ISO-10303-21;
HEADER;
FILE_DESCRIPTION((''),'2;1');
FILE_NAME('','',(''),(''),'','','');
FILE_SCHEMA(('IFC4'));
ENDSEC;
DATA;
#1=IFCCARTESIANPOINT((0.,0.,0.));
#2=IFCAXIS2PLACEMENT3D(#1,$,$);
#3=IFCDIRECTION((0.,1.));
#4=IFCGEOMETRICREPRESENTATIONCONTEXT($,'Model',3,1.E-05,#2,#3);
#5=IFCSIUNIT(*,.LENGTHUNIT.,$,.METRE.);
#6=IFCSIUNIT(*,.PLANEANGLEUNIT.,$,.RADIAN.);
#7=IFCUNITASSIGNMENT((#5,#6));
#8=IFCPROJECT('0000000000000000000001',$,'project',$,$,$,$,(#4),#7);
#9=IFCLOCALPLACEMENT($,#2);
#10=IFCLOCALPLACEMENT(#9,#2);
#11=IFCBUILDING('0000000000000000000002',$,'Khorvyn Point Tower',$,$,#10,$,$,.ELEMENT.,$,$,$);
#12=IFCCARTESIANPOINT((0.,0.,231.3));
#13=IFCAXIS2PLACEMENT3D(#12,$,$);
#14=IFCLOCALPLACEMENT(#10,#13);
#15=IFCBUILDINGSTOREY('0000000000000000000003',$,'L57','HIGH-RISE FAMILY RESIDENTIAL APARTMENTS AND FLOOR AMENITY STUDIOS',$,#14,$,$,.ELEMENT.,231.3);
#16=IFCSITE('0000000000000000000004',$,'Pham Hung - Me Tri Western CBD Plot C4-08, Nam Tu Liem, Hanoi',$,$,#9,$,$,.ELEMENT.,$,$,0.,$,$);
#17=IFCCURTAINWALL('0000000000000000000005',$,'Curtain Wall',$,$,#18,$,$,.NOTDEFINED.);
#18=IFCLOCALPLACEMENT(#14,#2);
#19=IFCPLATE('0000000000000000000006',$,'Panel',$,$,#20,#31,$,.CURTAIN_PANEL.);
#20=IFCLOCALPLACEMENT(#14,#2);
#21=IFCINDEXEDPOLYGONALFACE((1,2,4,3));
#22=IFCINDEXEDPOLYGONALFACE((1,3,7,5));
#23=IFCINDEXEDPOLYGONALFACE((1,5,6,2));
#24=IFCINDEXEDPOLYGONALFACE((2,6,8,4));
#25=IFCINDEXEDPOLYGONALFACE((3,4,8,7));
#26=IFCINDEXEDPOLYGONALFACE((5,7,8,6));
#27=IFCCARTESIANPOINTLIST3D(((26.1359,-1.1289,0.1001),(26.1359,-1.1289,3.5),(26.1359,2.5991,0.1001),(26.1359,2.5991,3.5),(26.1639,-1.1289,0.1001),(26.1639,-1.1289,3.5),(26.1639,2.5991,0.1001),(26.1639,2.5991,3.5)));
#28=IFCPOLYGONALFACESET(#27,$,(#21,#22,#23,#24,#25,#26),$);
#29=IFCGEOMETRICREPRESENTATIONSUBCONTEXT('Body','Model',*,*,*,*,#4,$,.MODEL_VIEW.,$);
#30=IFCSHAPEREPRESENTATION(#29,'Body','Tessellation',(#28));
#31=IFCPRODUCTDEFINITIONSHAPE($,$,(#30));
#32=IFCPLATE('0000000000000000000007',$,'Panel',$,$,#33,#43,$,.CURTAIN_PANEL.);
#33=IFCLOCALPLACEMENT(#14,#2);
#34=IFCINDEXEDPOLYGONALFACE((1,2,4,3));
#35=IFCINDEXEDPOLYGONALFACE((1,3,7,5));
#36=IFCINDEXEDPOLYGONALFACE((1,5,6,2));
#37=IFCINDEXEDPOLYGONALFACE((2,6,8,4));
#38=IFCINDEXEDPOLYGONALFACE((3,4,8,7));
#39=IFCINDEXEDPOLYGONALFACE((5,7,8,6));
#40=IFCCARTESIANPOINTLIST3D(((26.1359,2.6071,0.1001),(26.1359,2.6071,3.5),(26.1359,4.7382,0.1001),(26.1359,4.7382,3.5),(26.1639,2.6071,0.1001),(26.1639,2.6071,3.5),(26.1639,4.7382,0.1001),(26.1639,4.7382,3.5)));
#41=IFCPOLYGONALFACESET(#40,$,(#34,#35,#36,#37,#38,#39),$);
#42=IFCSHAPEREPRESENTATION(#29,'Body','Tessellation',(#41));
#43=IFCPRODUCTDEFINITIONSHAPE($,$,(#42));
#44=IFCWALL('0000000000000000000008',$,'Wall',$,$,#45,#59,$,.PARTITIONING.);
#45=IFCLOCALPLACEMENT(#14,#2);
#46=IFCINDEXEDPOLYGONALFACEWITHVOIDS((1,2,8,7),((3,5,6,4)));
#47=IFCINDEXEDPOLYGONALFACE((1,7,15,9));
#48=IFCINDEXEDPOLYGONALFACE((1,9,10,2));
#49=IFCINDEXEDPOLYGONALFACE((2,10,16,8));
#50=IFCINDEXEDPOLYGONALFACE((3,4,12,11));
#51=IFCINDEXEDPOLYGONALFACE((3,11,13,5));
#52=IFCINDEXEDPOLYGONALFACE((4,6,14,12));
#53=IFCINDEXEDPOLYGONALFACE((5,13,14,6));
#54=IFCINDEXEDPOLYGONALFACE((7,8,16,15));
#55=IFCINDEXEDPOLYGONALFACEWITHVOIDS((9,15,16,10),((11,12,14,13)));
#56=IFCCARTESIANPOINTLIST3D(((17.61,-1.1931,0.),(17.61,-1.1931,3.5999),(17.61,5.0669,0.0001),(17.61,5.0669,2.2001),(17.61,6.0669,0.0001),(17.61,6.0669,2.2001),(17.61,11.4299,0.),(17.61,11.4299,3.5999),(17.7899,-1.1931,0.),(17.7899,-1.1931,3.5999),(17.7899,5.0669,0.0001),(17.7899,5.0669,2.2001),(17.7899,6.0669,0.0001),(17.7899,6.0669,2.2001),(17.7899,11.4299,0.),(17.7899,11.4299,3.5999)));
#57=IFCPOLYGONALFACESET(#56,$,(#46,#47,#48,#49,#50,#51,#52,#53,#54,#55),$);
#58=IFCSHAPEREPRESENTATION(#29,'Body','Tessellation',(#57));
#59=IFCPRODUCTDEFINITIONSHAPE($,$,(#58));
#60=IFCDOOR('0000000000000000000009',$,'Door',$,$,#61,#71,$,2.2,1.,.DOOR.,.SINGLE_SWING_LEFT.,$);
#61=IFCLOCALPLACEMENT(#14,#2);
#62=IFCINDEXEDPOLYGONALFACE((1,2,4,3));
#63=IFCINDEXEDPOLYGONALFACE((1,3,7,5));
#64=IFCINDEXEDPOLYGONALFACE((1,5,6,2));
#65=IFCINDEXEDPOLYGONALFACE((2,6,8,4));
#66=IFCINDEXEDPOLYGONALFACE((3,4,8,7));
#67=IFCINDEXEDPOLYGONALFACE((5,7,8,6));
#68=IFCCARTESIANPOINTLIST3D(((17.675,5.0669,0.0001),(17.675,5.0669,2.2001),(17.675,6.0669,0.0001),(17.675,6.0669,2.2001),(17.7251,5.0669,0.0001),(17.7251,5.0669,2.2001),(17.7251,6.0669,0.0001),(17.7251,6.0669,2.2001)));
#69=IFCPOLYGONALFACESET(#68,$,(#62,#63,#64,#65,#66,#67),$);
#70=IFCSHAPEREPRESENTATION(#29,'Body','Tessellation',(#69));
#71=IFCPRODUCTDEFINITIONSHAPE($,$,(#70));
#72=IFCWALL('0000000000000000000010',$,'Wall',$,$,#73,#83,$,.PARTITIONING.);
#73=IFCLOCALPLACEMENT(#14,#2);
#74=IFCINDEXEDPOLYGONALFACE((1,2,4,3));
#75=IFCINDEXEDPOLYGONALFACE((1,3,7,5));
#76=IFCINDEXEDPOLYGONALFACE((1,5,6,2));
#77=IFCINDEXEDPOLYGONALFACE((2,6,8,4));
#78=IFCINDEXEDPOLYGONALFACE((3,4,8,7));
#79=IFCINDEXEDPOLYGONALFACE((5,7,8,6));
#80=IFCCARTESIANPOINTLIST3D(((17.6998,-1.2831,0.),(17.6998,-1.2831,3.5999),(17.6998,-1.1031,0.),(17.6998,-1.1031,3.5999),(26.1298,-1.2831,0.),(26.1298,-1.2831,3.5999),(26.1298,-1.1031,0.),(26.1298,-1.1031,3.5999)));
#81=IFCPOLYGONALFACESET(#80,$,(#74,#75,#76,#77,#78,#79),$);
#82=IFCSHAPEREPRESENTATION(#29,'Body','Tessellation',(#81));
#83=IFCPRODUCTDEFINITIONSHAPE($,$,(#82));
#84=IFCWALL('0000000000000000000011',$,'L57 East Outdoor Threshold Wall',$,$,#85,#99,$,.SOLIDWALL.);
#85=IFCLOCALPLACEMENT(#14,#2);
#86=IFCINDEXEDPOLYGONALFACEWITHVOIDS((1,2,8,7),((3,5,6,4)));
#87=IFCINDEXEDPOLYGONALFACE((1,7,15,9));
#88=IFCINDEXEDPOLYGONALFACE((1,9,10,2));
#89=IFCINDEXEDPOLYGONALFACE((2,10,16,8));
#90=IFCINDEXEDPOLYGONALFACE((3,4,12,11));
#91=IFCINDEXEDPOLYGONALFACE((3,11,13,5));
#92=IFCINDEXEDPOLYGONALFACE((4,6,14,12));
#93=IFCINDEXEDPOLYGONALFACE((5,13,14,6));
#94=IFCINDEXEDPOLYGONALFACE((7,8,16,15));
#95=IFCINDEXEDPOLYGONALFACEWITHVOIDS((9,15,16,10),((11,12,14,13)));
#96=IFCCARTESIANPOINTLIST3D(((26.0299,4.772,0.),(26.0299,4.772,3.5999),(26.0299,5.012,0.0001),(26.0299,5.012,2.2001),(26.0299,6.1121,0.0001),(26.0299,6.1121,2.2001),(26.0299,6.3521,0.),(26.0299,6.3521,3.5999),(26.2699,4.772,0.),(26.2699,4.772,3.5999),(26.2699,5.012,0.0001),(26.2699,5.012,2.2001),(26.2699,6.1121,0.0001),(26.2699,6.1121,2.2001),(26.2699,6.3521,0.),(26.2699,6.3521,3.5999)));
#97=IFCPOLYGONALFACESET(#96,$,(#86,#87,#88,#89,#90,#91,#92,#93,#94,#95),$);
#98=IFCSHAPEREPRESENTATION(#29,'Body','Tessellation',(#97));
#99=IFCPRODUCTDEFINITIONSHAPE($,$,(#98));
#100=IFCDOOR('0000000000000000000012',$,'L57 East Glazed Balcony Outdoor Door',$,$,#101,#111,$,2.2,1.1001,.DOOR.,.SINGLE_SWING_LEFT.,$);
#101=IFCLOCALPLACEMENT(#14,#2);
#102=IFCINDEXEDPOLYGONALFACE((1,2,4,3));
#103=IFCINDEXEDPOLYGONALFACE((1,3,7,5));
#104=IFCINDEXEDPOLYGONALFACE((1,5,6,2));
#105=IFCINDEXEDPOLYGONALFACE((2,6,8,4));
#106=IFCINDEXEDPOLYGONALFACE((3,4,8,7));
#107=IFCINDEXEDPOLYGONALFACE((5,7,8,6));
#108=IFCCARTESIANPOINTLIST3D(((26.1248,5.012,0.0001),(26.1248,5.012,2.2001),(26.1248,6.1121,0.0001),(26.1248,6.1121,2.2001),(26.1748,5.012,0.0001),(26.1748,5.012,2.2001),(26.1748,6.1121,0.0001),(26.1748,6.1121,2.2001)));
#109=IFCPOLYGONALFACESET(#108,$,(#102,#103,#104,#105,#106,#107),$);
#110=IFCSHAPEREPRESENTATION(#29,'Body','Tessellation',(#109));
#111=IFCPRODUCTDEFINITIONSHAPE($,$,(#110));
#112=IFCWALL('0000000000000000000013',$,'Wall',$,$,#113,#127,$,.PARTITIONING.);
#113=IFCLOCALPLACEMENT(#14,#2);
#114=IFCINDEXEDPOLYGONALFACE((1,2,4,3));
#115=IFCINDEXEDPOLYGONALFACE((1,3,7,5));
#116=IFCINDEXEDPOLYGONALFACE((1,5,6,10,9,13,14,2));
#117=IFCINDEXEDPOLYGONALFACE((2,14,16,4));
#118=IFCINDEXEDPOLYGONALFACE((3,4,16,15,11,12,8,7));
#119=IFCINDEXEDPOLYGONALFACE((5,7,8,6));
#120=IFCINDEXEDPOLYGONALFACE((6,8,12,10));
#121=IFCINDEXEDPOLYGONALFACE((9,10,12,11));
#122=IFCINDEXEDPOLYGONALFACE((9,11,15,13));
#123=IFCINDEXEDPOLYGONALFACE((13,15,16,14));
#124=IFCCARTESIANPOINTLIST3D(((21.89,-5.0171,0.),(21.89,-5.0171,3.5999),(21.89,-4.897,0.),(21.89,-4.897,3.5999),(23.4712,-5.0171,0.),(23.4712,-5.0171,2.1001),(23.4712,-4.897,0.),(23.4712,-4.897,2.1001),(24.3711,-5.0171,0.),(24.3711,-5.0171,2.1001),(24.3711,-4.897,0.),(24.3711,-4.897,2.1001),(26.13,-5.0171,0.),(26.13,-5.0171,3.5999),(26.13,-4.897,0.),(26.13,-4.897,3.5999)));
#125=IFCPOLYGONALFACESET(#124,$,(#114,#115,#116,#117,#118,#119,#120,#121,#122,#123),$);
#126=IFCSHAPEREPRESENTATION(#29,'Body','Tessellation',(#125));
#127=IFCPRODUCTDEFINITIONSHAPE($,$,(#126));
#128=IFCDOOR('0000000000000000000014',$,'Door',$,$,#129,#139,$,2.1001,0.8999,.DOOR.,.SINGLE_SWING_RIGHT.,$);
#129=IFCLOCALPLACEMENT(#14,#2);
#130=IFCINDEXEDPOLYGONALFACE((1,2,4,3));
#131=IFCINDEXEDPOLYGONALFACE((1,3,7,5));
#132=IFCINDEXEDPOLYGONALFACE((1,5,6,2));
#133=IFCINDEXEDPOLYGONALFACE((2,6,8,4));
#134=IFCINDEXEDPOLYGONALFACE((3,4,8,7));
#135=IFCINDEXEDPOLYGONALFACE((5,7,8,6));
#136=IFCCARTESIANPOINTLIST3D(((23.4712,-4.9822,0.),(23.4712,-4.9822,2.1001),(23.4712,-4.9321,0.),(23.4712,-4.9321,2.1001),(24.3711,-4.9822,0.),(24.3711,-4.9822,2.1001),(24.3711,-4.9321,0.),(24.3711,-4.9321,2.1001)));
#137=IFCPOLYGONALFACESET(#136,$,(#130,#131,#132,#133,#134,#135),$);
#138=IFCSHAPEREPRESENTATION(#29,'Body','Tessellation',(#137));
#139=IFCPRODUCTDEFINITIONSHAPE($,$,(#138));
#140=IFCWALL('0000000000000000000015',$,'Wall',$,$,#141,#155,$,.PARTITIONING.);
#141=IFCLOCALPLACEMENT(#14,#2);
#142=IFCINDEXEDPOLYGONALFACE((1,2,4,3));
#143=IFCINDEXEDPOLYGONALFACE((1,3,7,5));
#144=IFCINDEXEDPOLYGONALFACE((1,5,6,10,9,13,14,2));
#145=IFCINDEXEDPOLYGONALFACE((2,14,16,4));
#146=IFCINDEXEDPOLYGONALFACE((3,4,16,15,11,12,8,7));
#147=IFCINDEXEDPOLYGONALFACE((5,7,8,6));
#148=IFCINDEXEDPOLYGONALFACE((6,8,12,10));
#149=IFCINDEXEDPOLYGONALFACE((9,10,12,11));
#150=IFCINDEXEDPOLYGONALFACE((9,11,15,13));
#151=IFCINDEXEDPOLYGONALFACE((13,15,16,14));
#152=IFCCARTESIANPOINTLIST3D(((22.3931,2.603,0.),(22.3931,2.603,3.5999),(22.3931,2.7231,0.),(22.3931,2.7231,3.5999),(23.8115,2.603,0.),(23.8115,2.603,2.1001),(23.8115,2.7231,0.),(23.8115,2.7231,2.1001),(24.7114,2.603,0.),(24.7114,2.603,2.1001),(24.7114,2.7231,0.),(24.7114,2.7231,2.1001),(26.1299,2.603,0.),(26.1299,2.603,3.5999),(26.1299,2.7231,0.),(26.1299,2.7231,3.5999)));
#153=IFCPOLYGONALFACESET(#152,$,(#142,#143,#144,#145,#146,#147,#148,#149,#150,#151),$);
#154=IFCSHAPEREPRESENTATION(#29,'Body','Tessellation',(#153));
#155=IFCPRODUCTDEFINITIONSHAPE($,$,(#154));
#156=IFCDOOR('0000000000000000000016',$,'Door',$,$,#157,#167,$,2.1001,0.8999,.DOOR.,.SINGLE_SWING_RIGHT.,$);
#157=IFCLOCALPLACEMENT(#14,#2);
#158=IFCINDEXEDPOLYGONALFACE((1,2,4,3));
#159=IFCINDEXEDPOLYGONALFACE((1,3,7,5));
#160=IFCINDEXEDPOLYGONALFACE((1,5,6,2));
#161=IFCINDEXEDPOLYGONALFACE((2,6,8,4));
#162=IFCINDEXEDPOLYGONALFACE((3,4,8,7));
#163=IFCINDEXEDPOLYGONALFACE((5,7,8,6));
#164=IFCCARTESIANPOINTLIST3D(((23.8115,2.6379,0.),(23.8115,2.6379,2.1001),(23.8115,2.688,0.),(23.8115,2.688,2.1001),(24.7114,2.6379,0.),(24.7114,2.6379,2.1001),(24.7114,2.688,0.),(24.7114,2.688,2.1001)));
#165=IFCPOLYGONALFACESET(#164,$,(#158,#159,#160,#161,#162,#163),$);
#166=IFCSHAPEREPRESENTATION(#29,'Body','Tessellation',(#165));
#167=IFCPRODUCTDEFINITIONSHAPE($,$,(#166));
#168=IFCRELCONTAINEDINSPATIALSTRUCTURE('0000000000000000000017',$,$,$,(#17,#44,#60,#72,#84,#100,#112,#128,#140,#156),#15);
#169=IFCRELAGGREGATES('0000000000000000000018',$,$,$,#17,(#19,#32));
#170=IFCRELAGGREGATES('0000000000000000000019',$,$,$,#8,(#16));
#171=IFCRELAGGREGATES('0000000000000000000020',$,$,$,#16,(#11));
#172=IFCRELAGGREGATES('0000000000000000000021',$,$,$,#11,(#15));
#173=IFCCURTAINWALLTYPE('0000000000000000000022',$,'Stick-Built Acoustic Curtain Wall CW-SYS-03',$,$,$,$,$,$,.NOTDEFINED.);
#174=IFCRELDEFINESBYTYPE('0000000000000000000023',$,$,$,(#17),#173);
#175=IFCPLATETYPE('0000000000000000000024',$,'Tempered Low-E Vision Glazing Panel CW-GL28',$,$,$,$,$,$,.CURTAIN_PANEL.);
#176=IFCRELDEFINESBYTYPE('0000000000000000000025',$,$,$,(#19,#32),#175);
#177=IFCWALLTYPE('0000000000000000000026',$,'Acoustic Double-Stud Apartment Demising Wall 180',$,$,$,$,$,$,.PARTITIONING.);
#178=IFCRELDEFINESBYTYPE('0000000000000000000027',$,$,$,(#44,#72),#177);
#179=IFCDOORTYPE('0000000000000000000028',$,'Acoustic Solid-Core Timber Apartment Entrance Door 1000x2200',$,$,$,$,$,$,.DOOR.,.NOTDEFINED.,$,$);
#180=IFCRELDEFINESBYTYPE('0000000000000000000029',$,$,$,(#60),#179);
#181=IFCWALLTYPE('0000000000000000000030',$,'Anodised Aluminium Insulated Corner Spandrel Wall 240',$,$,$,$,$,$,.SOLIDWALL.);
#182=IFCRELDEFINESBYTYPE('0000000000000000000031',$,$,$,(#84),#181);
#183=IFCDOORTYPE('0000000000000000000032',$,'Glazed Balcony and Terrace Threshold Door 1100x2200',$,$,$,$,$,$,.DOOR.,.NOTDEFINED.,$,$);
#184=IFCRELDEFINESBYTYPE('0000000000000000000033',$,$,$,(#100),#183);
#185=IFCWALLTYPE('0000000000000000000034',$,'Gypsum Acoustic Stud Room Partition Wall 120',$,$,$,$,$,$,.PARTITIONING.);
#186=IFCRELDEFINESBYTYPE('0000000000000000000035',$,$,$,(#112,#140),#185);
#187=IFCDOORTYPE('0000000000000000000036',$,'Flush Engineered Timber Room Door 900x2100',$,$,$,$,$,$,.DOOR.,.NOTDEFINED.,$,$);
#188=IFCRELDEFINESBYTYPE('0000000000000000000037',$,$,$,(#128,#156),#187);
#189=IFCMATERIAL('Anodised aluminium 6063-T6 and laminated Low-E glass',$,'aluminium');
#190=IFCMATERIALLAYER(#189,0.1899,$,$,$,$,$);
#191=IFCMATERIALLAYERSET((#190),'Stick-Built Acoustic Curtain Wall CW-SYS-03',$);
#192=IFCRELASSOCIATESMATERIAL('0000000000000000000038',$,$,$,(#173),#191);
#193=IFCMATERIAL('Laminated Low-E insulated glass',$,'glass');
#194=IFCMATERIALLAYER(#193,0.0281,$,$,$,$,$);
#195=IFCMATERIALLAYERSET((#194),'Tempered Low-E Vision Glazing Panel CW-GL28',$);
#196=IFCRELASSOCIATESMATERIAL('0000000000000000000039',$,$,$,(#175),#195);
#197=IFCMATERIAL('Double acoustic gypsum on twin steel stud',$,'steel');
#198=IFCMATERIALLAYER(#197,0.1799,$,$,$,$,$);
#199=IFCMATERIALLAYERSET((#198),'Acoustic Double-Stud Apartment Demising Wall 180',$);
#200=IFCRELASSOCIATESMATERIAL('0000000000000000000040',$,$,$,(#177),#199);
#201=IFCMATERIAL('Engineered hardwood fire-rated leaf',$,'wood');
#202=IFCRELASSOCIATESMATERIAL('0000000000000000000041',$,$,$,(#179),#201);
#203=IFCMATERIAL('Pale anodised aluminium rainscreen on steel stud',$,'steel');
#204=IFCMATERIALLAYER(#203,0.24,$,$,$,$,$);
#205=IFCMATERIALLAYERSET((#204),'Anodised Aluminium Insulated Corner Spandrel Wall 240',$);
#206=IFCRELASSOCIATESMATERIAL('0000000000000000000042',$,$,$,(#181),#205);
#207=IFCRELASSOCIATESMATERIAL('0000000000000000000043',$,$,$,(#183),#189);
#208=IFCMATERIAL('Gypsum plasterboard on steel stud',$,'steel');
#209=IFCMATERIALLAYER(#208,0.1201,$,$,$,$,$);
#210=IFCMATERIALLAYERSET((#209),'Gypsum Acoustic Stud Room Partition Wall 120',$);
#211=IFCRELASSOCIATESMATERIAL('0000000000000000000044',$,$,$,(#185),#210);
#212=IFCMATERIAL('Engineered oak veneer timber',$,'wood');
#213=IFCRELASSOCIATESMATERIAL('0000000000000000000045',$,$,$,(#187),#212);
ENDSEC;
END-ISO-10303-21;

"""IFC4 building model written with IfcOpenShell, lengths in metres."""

from ifc_helpers import new_model, si_unit, direction, frame, frame_2d, origin, origin_2d, place, context, subcontext, project, spatial, rectangle, extrude, material, layer, layer_set, type_object, element, fill, aggregate, save


model = new_model("IFC4")

# Units and contexts
model_context = context("Model", 3, precision=1e-05, world=origin(), true_north=direction((0.0, 1.0)))
body_context = subcontext(model_context, "Body", "Model", "MODEL_VIEW")
ifc_project = project(units=[si_unit("LENGTHUNIT", "METRE"), si_unit("PLANEANGLEUNIT", "RADIAN")], contexts=[model_context])

# Site, building, storey
site_placement = place(None, origin())
site = spatial("IfcSite", under=ifc_project, at=site_placement, Name="Pham Hung - Me Tri Western CBD Plot C4-08, Nam Tu Liem, Hanoi", CompositionType="ELEMENT", RefElevation=0.0)
building_placement = place(site_placement, origin())
building = spatial("IfcBuilding", under=site, at=building_placement, Name="Khorvyn Point Tower", CompositionType="ELEMENT")
storey_placement = place(building_placement, frame((0.0, 0.0, 231.3)))
storey = spatial("IfcBuildingStorey", under=building, at=storey_placement, Name="L57", Description="HIGH-RISE FAMILY RESIDENTIAL APARTMENTS AND FLOOR AMENITY STUDIOS", CompositionType="ELEMENT", Elevation=231.3)

# Shared definitions
ifc_material_1 = material(Name="Anodised aluminium 6063-T6 and laminated Low-E glass", Category="aluminium")
ifc_layer_1 = layer(ifc_material_1, 0.1899)
ifc_layer_set_1 = layer_set([ifc_layer_1], Name="Stick-Built Acoustic Curtain Wall CW-SYS-03")
curtain_wall_type = type_object("IfcCurtainWallType", Name="Stick-Built Acoustic Curtain Wall CW-SYS-03", PredefinedType="NOTDEFINED", material=ifc_layer_set_1)

# Curtain wall
curtain_wall_1_placement = place(storey_placement, origin())
curtain_wall_1 = element("IfcCurtainWall", 1, at=curtain_wall_1_placement, inside=storey, type_object=curtain_wall_type, Name="Curtain Wall", PredefinedType="NOTDEFINED")

# Plates
ifc_material_2 = material(Name="Laminated Low-E insulated glass", Category="glass")
ifc_layer_2 = layer(ifc_material_2, 0.0281)
ifc_layer_set_2 = layer_set([ifc_layer_2], Name="Tempered Low-E Vision Glazing Panel CW-GL28")
plate_type = type_object("IfcPlateType", Name="Tempered Low-E Vision Glazing Panel CW-GL28", PredefinedType="CURTAIN_PANEL", material=ifc_layer_set_2)
plate_1_placement = place(storey_placement, frame((26.1499, 0.7351, 0.1001), z_axis=(0.0, 0.0, 1.0), x_axis=(0.0, -1.0, 0.0)))
plate_1 = element("IfcPlate", 2, at=plate_1_placement, type_object=plate_type, Name="Panel", PredefinedType="CURTAIN_PANEL", context=body_context, shape_type="SweptSolid", body=[
    extrude(rectangle(XDim=3.728, YDim=0.0281, at=origin_2d()), origin(), (0.0, 0.0, 1.0), 3.3999),
])
plate_2_placement = place(storey_placement, frame((26.1499, 3.6726, 0.1001), z_axis=(0.0, 0.0, 1.0), x_axis=(0.0, -1.0, 0.0)))
plate_2 = element("IfcPlate", 3, at=plate_2_placement, type_object=plate_type, Name="Panel", PredefinedType="CURTAIN_PANEL", context=body_context, shape_type="SweptSolid", body=[
    extrude(rectangle(XDim=2.1311, YDim=0.0281, at=origin_2d()), origin(), (0.0, 0.0, 1.0), 3.3999),
])
aggregate(curtain_wall_1, [plate_1, plate_2])

# Wall, opening, door
ifc_material_3 = material(Name="Double acoustic gypsum on twin steel stud", Category="steel")
ifc_layer_3 = layer(ifc_material_3, 0.1799)
ifc_layer_set_3 = layer_set([ifc_layer_3], Name="Acoustic Double-Stud Apartment Demising Wall 180")
wall_type_1 = type_object("IfcWallType", Name="Acoustic Double-Stud Apartment Demising Wall 180", PredefinedType="PARTITIONING", material=ifc_layer_set_3)
wall_1_placement = place(storey_placement, frame((17.7, -1.1931, 0.0), z_axis=(0.0, 0.0, 1.0), x_axis=(0.0, 1.0, 0.0)))
wall_1 = element("IfcWall", 4, at=wall_1_placement, inside=storey, type_object=wall_type_1, Name="Wall", PredefinedType="PARTITIONING", context=body_context, shape_type="SweptSolid", body=[
    extrude(rectangle(XDim=12.623, YDim=0.1799, at=frame_2d((6.3115, 0.0))), origin(), (0.0, 0.0, 1.0), 3.5999),
])
opening_1_placement = place(wall_1_placement, frame((6.26, 0.0, 0.0)))
opening_1 = element("IfcOpeningElement", 5, at=opening_1_placement, cuts=wall_1, PredefinedType="OPENING", context=body_context, shape_type="SweptSolid", body=[
    extrude(rectangle(XDim=1.0, YDim=2.2, at=frame_2d((0.5, 1.1001))), frame((0.0, 0.0999, 0.0), z_axis=(0.0, -1.0, 0.0), x_axis=(1.0, 0.0, 0.0)), (0.0, 0.0, 1.0), 0.2),
])
ifc_material_4 = material(Name="Engineered hardwood fire-rated leaf", Category="wood")
door_type_1 = type_object("IfcDoorType", Name="Acoustic Solid-Core Timber Apartment Entrance Door 1000x2200", OperationType="NOTDEFINED", PredefinedType="DOOR", material=ifc_material_4)
door_1_placement = place(opening_1_placement, origin())
door_1 = element("IfcDoor", 6, at=door_1_placement, inside=storey, type_object=door_type_1, Name="Door", OperationType="SINGLE_SWING_LEFT", OverallHeight=2.2, OverallWidth=1.0, PredefinedType="DOOR", context=body_context, shape_type="SweptSolid", body=[
    extrude(rectangle(XDim=1.0, YDim=2.2, at=frame_2d((0.5, 1.1001))), frame((0.0, 0.0249, 0.0), z_axis=(0.0, -1.0, 0.0), x_axis=(1.0, 0.0, 0.0)), (0.0, 0.0, 1.0), 0.05),
])
fill(opening_1, door_1)

# Wall
wall_2_placement = place(storey_placement, frame((17.7, -1.1931, 0.0), z_axis=(0.0, 0.0, 1.0), x_axis=(1.0, 0.0, 0.0)))
element("IfcWall", 7, at=wall_2_placement, inside=storey, type_object=wall_type_1, Name="Wall", PredefinedType="PARTITIONING", context=body_context, shape_type="SweptSolid", body=[
    extrude(rectangle(XDim=8.4299, YDim=0.1799, at=frame_2d((4.2148, 0.0))), origin(), (0.0, 0.0, 1.0), 3.5999),
])

# Walls, openings, doors
ifc_material_5 = material(Name="Pale anodised aluminium rainscreen on steel stud", Category="steel")
ifc_layer_4 = layer(ifc_material_5, 0.24)
ifc_layer_set_4 = layer_set([ifc_layer_4], Name="Anodised Aluminium Insulated Corner Spandrel Wall 240")
wall_type_2 = type_object("IfcWallType", Name="Anodised Aluminium Insulated Corner Spandrel Wall 240", PredefinedType="SOLIDWALL", material=ifc_layer_set_4)
wall_3_placement = place(storey_placement, frame((26.1499, 6.3521, 0.0), z_axis=(0.0, 0.0, 1.0), x_axis=(0.0, -1.0, 0.0)))
wall_3 = element("IfcWall", 8, at=wall_3_placement, inside=storey, type_object=wall_type_2, Name="L57 East Outdoor Threshold Wall", PredefinedType="SOLIDWALL", context=body_context, shape_type="SweptSolid", body=[
    extrude(rectangle(XDim=1.5801, YDim=0.24, at=frame_2d((0.79, 0.0))), origin(), (0.0, 0.0, 1.0), 3.5999),
])
opening_2_placement = place(wall_3_placement, frame((0.24, 0.0, 0.0)))
opening_2 = element("IfcOpeningElement", 9, at=opening_2_placement, cuts=wall_3, PredefinedType="OPENING", context=body_context, shape_type="SweptSolid", body=[
    extrude(rectangle(XDim=1.1001, YDim=2.2, at=frame_2d((0.55, 1.1001))), frame((0.0, 0.1299, 0.0), z_axis=(0.0, -1.0, 0.0), x_axis=(1.0, 0.0, 0.0)), (0.0, 0.0, 1.0), 0.26),
])
door_type_2 = type_object("IfcDoorType", Name="Glazed Balcony and Terrace Threshold Door 1100x2200", OperationType="NOTDEFINED", PredefinedType="DOOR", material=ifc_material_1)
door_2_placement = place(opening_2_placement, origin())
door_2 = element("IfcDoor", 10, at=door_2_placement, inside=storey, type_object=door_type_2, Name="L57 East Glazed Balcony Outdoor Door", OperationType="SINGLE_SWING_LEFT", OverallHeight=2.2, OverallWidth=1.1001, PredefinedType="DOOR", context=body_context, shape_type="SweptSolid", body=[
    extrude(rectangle(XDim=1.1001, YDim=2.2, at=frame_2d((0.55, 1.1001))), frame((0.0, 0.0249, 0.0), z_axis=(0.0, -1.0, 0.0), x_axis=(1.0, 0.0, 0.0)), (0.0, 0.0, 1.0), 0.05),
])
fill(opening_2, door_2)
ifc_material_6 = material(Name="Gypsum plasterboard on steel stud", Category="steel")
ifc_layer_5 = layer(ifc_material_6, 0.1201)
ifc_layer_set_5 = layer_set([ifc_layer_5], Name="Gypsum Acoustic Stud Room Partition Wall 120")
wall_type_3 = type_object("IfcWallType", Name="Gypsum Acoustic Stud Room Partition Wall 120", PredefinedType="PARTITIONING", material=ifc_layer_set_5)
wall_4_placement = place(storey_placement, frame((21.8899, -4.957, 0.0), z_axis=(0.0, 0.0, 1.0), x_axis=(1.0, 0.0, 0.0)))
wall_4 = element("IfcWall", 11, at=wall_4_placement, inside=storey, type_object=wall_type_3, Name="Wall", PredefinedType="PARTITIONING", context=body_context, shape_type="SweptSolid", body=[
    extrude(rectangle(XDim=4.24, YDim=0.1201, at=frame_2d((2.1201, 0.0))), origin(), (0.0, 0.0, 1.0), 3.5999),
])
opening_3_placement = place(wall_4_placement, frame((1.5813, 0.0, 0.0)))
opening_3 = element("IfcOpeningElement", 12, at=opening_3_placement, cuts=wall_4, PredefinedType="OPENING", context=body_context, shape_type="SweptSolid", body=[
    extrude(rectangle(XDim=0.8999, YDim=2.1001, at=frame_2d((0.45, 1.05))), frame((0.0, 0.0701, 0.0), z_axis=(0.0, -1.0, 0.0), x_axis=(1.0, 0.0, 0.0)), (0.0, 0.0, 1.0), 0.1401),
])
ifc_material_7 = material(Name="Engineered oak veneer timber", Category="wood")
door_type_3 = type_object("IfcDoorType", Name="Flush Engineered Timber Room Door 900x2100", OperationType="NOTDEFINED", PredefinedType="DOOR", material=ifc_material_7)
door_3_placement = place(opening_3_placement, origin())
door_3 = element("IfcDoor", 13, at=door_3_placement, inside=storey, type_object=door_type_3, Name="Door", OperationType="SINGLE_SWING_RIGHT", OverallHeight=2.1001, OverallWidth=0.8999, PredefinedType="DOOR", context=body_context, shape_type="SweptSolid", body=[
    extrude(rectangle(XDim=0.8999, YDim=2.1001, at=frame_2d((0.45, 1.05))), frame((0.0, 0.0249, 0.0), z_axis=(0.0, -1.0, 0.0), x_axis=(1.0, 0.0, 0.0)), (0.0, 0.0, 1.0), 0.05),
])
fill(opening_3, door_3)
wall_5_placement = place(storey_placement, frame((22.3931, 2.6631, 0.0), z_axis=(0.0, 0.0, 1.0), x_axis=(1.0, 0.0, 0.0)))
wall_5 = element("IfcWall", 14, at=wall_5_placement, inside=storey, type_object=wall_type_3, Name="Wall", PredefinedType="PARTITIONING", context=body_context, shape_type="SweptSolid", body=[
    extrude(rectangle(XDim=3.7368, YDim=0.1201, at=frame_2d((1.8684, 0.0))), origin(), (0.0, 0.0, 1.0), 3.5999),
])
opening_4_placement = place(wall_5_placement, frame((1.4185, 0.0, 0.0)))
opening_4 = element("IfcOpeningElement", 15, at=opening_4_placement, cuts=wall_5, PredefinedType="OPENING", context=body_context, shape_type="SweptSolid", body=[
    extrude(rectangle(XDim=0.8999, YDim=2.1001, at=frame_2d((0.45, 1.05))), frame((0.0, 0.0701, 0.0), z_axis=(0.0, -1.0, 0.0), x_axis=(1.0, 0.0, 0.0)), (0.0, 0.0, 1.0), 0.1401),
])
door_4_placement = place(opening_4_placement, origin())
door_4 = element("IfcDoor", 16, at=door_4_placement, inside=storey, type_object=door_type_3, Name="Door", OperationType="SINGLE_SWING_RIGHT", OverallHeight=2.1001, OverallWidth=0.8999, PredefinedType="DOOR", context=body_context, shape_type="SweptSolid", body=[
    extrude(rectangle(XDim=0.8999, YDim=2.1001, at=frame_2d((0.45, 1.05))), frame((0.0, 0.0249, 0.0), z_axis=(0.0, -1.0, 0.0), x_axis=(1.0, 0.0, 0.0)), (0.0, 0.0, 1.0), 0.05),
])
fill(opening_4, door_4)

save(model, "model.ifc")
